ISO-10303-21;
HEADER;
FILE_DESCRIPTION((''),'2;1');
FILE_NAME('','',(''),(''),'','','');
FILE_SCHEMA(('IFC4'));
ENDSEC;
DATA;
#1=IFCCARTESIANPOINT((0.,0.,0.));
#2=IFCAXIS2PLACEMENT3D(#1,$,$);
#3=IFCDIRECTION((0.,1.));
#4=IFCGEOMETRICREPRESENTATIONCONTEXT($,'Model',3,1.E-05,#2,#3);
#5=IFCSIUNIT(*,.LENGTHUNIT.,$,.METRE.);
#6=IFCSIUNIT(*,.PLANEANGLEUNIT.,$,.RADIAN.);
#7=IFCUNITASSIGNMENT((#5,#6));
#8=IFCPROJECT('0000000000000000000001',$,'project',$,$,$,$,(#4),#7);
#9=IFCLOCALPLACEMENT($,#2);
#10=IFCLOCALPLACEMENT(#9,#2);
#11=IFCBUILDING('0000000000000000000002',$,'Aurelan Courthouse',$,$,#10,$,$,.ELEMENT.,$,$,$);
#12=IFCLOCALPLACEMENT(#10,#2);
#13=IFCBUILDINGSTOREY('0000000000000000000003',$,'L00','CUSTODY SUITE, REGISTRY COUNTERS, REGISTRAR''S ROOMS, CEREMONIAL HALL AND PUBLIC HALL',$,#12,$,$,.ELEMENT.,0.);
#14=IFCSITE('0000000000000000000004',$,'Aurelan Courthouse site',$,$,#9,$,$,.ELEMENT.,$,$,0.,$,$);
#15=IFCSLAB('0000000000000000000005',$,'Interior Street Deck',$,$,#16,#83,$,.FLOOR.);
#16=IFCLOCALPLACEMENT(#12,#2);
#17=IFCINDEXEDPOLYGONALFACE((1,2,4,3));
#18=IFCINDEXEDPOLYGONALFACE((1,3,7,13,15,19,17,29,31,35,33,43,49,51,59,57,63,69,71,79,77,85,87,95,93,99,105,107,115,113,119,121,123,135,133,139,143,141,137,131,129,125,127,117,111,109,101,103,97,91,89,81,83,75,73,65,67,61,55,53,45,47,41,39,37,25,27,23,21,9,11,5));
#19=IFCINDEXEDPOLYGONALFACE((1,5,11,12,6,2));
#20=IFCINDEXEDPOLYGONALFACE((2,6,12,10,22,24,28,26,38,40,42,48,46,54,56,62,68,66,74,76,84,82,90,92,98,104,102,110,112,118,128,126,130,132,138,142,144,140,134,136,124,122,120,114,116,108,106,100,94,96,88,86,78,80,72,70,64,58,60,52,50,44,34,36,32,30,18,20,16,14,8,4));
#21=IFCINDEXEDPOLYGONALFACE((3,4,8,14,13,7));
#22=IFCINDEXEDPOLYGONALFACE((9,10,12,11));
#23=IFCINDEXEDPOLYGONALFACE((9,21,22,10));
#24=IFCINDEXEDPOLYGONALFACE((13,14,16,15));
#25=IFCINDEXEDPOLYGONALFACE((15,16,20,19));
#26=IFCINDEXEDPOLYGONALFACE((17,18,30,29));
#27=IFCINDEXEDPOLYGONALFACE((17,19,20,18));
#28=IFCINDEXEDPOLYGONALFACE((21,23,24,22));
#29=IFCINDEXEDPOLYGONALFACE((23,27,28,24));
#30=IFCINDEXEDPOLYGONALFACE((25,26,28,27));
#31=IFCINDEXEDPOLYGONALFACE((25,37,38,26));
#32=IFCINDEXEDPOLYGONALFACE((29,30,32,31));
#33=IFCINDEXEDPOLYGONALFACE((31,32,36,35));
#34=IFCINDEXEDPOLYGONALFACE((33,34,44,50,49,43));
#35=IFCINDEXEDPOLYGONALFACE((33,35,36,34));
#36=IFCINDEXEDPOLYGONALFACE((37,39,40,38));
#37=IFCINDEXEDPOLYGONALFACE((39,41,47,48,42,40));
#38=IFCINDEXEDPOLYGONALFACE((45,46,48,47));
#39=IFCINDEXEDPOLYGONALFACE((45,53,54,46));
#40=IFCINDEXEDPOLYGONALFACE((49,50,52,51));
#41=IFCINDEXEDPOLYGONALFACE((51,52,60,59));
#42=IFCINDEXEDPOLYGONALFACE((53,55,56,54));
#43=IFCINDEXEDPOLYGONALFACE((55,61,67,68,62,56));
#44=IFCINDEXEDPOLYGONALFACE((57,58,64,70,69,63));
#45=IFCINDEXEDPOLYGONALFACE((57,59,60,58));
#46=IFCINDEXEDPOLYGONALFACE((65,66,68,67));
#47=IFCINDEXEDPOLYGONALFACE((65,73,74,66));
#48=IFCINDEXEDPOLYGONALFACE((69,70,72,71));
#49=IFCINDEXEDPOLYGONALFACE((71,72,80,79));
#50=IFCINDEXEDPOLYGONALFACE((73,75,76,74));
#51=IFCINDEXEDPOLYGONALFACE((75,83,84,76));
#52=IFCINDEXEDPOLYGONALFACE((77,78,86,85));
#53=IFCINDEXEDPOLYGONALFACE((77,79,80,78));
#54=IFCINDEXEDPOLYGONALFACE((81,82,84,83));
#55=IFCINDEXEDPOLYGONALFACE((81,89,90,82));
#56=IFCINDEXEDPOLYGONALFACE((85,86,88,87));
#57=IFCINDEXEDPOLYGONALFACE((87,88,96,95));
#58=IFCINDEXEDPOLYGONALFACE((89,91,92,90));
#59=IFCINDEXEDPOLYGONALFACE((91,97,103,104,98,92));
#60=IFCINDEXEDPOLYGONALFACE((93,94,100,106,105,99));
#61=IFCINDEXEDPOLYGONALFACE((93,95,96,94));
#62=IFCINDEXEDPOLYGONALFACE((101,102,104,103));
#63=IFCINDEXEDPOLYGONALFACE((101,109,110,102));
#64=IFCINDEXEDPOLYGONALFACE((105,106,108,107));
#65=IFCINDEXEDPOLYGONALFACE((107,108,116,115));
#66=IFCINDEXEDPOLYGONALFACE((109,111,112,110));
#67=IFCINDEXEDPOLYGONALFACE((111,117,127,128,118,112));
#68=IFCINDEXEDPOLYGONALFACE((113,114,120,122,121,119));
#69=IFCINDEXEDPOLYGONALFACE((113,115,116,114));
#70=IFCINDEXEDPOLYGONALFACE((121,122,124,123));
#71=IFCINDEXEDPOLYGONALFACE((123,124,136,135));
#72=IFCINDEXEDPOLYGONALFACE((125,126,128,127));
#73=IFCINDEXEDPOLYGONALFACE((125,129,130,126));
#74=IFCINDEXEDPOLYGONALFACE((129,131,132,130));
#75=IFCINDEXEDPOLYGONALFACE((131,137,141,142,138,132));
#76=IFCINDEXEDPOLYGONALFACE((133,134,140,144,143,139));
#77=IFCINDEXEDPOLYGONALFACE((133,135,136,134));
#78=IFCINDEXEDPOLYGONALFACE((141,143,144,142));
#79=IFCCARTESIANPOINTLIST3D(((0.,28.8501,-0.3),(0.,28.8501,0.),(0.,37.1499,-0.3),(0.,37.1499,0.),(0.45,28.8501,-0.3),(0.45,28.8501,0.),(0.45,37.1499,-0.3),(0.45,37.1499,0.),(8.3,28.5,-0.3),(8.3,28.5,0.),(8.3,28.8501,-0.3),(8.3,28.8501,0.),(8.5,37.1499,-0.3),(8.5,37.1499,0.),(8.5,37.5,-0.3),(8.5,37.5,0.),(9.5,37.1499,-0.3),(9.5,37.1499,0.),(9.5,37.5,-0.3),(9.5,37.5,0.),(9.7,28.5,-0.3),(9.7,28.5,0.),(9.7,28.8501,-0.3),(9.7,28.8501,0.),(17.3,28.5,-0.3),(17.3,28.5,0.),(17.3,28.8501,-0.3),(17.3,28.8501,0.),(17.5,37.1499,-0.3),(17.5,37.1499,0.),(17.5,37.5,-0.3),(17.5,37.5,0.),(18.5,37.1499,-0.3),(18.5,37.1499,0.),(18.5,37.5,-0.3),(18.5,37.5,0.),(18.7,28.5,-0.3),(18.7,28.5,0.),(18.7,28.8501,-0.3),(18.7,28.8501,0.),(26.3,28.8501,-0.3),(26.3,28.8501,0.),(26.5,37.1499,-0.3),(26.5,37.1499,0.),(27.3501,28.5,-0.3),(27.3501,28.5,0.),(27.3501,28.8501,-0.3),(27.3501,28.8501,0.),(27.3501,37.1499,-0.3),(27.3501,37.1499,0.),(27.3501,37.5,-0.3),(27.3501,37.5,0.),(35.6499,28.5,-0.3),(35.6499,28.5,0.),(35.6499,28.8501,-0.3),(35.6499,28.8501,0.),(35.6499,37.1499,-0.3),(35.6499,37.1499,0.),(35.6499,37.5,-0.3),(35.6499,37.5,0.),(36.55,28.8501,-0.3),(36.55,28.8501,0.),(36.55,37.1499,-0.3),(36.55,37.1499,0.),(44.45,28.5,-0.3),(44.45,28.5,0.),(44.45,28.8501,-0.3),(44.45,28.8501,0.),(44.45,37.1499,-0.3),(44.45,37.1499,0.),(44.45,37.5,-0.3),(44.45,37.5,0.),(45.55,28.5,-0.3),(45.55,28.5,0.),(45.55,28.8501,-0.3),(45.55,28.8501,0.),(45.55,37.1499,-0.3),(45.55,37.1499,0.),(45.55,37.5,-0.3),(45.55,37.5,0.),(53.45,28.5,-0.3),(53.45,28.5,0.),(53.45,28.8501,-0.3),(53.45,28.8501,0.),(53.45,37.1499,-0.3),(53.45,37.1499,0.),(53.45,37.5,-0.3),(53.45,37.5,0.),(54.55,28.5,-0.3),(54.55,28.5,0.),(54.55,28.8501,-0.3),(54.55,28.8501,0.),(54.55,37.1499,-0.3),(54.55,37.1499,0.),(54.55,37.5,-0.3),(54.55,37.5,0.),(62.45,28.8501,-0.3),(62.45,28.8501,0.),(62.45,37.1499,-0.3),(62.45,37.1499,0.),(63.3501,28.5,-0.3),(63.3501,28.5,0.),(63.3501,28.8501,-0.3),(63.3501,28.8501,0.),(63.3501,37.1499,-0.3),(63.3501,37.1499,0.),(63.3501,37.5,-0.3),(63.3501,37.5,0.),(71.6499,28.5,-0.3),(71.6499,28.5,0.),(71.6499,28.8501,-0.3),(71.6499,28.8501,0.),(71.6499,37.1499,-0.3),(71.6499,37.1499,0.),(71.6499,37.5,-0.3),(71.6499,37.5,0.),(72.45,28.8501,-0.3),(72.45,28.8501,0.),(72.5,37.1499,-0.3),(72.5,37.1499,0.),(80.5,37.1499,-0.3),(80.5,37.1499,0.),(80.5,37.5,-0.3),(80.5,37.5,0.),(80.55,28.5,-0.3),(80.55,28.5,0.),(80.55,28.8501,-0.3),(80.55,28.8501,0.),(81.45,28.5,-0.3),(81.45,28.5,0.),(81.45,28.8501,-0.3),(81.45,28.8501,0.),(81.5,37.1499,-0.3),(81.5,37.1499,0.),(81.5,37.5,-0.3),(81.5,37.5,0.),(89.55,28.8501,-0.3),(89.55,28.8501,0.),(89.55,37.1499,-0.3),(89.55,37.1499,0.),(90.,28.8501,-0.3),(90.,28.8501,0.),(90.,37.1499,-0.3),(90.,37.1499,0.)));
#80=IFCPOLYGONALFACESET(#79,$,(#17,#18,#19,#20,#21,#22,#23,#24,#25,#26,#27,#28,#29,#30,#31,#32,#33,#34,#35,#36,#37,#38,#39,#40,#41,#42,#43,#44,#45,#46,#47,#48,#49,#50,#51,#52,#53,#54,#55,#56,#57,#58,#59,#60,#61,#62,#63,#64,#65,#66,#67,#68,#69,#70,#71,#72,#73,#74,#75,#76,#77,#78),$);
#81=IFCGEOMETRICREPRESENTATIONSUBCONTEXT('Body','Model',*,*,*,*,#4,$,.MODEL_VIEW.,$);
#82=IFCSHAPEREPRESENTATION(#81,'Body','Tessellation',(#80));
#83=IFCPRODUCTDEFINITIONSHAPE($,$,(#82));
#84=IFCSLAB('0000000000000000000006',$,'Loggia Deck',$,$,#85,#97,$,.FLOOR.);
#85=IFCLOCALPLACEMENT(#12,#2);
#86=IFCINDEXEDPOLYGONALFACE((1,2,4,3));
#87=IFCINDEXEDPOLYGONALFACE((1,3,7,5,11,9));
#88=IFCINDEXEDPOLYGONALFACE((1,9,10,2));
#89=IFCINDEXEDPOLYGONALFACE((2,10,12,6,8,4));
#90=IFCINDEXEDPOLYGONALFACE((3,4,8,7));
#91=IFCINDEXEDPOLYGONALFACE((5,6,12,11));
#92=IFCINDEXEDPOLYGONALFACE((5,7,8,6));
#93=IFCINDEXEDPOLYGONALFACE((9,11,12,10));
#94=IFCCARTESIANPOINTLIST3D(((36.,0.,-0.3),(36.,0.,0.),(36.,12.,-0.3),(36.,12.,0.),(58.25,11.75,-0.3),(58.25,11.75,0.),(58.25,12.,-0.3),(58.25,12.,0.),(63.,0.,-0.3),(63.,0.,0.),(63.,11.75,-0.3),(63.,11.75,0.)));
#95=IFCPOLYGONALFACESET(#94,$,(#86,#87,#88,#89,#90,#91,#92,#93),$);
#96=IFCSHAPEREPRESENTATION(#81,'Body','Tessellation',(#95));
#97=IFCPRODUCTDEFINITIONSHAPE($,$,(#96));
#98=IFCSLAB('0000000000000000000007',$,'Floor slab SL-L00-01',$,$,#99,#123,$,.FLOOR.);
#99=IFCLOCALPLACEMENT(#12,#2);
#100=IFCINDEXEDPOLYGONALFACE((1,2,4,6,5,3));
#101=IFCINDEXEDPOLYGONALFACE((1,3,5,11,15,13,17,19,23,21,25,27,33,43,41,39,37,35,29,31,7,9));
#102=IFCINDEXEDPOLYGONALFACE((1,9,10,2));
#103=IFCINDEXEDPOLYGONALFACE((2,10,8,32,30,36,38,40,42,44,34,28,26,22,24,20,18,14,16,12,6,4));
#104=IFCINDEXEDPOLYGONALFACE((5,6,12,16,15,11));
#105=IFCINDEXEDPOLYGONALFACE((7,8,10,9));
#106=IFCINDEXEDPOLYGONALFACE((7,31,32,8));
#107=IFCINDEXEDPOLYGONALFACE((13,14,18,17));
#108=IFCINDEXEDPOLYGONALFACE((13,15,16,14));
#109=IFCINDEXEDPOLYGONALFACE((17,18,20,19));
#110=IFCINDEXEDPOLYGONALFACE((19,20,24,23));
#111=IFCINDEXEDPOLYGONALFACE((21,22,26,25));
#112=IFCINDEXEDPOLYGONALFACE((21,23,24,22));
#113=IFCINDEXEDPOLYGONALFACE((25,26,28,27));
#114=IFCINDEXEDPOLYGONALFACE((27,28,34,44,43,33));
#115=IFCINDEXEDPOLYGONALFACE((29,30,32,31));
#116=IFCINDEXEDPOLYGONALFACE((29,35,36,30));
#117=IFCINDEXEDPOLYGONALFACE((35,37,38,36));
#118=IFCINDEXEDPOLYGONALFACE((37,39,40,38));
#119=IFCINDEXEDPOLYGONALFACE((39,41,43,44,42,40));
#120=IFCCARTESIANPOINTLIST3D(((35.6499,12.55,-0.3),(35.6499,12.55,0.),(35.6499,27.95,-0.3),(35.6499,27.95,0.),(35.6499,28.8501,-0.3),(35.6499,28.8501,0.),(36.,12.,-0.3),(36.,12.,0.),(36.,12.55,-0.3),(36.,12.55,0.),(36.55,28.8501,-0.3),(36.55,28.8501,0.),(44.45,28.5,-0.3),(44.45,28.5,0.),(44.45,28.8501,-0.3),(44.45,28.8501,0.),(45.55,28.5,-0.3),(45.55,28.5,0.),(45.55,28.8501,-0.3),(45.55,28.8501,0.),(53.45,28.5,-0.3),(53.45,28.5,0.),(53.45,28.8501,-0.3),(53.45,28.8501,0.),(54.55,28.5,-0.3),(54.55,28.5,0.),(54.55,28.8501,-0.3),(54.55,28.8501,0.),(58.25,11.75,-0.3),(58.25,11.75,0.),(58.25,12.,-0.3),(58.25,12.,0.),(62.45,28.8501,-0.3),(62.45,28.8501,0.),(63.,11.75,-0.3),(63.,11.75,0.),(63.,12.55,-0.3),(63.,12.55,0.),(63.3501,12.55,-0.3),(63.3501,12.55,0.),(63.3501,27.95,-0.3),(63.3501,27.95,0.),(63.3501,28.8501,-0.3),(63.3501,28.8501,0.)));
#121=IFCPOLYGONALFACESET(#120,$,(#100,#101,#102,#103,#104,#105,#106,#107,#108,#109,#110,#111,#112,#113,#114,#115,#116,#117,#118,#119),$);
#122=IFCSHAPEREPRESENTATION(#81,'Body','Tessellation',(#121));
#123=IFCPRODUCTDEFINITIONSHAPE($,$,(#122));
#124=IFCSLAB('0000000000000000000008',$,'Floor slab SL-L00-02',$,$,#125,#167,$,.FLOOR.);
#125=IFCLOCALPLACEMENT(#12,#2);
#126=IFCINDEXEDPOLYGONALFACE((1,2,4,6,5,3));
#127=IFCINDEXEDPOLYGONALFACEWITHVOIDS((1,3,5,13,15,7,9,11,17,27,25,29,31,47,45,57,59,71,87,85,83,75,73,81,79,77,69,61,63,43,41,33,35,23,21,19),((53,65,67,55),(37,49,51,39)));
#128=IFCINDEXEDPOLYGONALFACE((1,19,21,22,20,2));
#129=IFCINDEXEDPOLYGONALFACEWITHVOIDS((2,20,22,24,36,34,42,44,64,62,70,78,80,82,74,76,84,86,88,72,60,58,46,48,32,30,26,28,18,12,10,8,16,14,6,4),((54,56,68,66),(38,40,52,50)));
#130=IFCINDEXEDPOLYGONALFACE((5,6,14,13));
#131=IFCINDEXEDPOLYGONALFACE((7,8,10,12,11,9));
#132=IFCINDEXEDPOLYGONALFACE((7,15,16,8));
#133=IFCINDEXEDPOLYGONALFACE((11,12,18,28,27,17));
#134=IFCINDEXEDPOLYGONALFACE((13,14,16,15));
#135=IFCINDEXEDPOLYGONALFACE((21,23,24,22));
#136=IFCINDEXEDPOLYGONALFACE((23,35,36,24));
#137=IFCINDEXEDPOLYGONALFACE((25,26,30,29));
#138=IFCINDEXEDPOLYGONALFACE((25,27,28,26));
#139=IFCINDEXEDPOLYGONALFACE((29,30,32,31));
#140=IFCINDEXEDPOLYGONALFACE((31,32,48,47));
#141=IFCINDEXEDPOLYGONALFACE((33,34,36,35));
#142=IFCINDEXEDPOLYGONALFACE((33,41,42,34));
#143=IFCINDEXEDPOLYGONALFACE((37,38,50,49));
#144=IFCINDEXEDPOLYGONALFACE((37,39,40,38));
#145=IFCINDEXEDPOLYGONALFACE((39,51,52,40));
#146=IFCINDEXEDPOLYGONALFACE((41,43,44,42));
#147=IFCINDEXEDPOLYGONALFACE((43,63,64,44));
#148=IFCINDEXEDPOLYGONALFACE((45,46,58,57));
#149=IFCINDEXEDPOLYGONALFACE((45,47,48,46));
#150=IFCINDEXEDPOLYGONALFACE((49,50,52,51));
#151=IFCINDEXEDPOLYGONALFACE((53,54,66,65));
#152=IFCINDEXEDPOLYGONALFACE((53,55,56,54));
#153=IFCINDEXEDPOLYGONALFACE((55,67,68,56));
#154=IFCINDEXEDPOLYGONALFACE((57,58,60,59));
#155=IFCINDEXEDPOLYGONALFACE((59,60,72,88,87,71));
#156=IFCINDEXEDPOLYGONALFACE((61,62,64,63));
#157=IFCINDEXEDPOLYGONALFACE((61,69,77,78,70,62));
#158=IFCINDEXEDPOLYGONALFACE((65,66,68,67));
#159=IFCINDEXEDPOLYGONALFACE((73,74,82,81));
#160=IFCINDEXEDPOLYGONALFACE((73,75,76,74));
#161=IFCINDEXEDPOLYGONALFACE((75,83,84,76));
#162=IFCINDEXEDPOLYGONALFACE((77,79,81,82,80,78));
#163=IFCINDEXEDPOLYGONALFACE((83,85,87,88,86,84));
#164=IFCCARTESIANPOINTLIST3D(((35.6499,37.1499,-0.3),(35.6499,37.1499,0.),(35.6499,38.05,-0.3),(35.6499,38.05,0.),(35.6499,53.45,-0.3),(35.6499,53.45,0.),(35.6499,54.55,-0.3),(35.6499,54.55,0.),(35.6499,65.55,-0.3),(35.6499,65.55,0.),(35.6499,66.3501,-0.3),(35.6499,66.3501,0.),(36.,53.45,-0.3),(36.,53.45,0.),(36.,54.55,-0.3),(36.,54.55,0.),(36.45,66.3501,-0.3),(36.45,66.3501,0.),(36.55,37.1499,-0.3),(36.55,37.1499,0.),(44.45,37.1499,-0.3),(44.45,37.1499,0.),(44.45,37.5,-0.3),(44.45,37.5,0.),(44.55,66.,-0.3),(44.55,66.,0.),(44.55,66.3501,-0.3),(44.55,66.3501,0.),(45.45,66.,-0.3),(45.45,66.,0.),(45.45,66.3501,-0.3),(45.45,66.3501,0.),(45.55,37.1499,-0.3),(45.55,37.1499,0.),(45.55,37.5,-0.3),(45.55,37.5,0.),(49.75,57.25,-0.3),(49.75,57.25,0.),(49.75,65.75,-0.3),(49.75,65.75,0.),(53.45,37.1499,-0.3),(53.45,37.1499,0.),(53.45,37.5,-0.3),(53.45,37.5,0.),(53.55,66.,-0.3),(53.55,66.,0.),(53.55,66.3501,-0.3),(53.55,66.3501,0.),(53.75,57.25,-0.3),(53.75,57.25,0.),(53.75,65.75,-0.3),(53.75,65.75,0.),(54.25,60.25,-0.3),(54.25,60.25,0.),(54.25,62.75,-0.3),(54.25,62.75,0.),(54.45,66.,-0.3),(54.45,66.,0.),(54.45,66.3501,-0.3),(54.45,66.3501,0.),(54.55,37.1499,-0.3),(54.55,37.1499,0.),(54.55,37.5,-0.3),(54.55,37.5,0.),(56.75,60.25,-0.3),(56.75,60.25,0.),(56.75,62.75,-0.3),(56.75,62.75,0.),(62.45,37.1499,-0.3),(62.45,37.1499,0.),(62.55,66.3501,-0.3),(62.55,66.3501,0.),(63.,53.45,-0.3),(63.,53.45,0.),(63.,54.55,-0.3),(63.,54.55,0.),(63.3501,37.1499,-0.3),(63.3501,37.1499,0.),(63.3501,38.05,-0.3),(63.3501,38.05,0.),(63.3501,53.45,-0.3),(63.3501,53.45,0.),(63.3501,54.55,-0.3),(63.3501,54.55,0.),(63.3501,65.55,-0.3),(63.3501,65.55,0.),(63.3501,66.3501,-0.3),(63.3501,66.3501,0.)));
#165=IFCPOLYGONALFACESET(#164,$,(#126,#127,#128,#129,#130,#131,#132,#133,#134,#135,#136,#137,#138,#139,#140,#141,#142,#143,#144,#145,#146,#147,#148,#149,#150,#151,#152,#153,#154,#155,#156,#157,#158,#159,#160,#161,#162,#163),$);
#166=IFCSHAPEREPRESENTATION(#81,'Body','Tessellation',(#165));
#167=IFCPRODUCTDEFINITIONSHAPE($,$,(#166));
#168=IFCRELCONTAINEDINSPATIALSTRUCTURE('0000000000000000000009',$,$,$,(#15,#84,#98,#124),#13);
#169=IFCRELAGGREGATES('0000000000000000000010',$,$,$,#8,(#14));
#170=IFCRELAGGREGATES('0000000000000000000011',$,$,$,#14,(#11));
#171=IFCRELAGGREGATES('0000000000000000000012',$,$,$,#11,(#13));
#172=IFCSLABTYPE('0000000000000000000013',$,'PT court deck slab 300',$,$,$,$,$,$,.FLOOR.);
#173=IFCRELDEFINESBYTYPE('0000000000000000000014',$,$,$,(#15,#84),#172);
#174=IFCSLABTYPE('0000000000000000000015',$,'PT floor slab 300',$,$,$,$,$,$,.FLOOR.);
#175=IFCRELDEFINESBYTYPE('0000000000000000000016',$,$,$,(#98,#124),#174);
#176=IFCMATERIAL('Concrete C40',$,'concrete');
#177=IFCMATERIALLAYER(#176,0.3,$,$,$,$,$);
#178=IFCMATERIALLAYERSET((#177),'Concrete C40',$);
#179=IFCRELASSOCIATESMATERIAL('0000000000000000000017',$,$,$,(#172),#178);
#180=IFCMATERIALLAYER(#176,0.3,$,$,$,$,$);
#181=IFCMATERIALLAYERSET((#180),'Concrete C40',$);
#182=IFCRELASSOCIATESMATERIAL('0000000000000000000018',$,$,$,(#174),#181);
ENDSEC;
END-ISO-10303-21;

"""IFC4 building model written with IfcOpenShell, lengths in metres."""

from ifc_helpers import new_model, si_unit, direction, frame, origin, place, context, subcontext, project, spatial, polyline, outline, extrude, material, layer, layer_set, type_object, element, save


model = new_model("IFC4")

# Units and contexts
model_context = context("Model", 3, precision=1e-05, world=origin(), true_north=direction((0.0, 1.0)))
body_context = subcontext(model_context, "Body", "Model", "MODEL_VIEW")
ifc_project = project(units=[si_unit("LENGTHUNIT", "METRE"), si_unit("PLANEANGLEUNIT", "RADIAN")], contexts=[model_context])

# Site, building, storey
site_placement = place(None, origin())
site = spatial("IfcSite", under=ifc_project, at=site_placement, Name="Aurelan Courthouse site", CompositionType="ELEMENT", RefElevation=0.0)
building_placement = place(site_placement, origin())
building = spatial("IfcBuilding", under=site, at=building_placement, Name="Aurelan Courthouse", CompositionType="ELEMENT")
storey_placement = place(building_placement, origin())
storey = spatial("IfcBuildingStorey", under=building, at=storey_placement, Name="L00", Description="CUSTODY SUITE, REGISTRY COUNTERS, REGISTRAR'S ROOMS, CEREMONIAL HALL AND PUBLIC HALL", CompositionType="ELEMENT", Elevation=0.0)

# Slabs
ifc_material_1 = material(Name="Concrete C40", Category="concrete")
ifc_layer_1 = layer(ifc_material_1, 0.3)
ifc_layer_set_1 = layer_set([ifc_layer_1], Name="Concrete C40")
slab_type_1 = type_object("IfcSlabType", Name="PT court deck slab 300", PredefinedType="FLOOR", material=ifc_layer_set_1)
slab_1_placement = place(storey_placement, frame((0.0, 0.0, -0.3)))
element("IfcSlab", 1, at=slab_1_placement, inside=storey, type_object=slab_type_1, Name="Interior Street Deck", PredefinedType="FLOOR", context=body_context, shape_type="SweptSolid", body=[
    extrude(outline(polyline([(90.0, 28.8501), (90.0, 37.1499), (89.55, 37.1499), (81.5, 37.1499), (81.5, 37.5), (80.5, 37.5), (80.5, 37.1499), (72.5, 37.1499), (71.6499, 37.1499), (71.6499, 37.5), (63.3501, 37.5), (63.3501, 37.1499), (62.45, 37.1499), (54.55, 37.1499), (54.55, 37.5), (53.45, 37.5), (53.45, 37.1499), (45.55, 37.1499), (45.55, 37.5), (44.45, 37.5), (44.45, 37.1499), (36.55, 37.1499), (35.6499, 37.1499), (35.6499, 37.5), (27.3501, 37.5), (27.3501, 37.1499), (26.5, 37.1499), (18.5, 37.1499), (18.5, 37.5), (17.5, 37.5), (17.5, 37.1499), (9.5, 37.1499), (9.5, 37.5), (8.5, 37.5), (8.5, 37.1499), (0.45, 37.1499), (0.0, 37.1499), (0.0, 28.8501), (0.45, 28.8501), (8.3, 28.8501), (8.3, 28.5), (9.7, 28.5), (9.7, 28.8501), (17.3, 28.8501), (17.3, 28.5), (18.7, 28.5), (18.7, 28.8501), (26.3, 28.8501), (27.3501, 28.8501), (27.3501, 28.5), (35.6499, 28.5), (35.6499, 28.8501), (36.55, 28.8501), (44.45, 28.8501), (44.45, 28.5), (45.55, 28.5), (45.55, 28.8501), (53.45, 28.8501), (53.45, 28.5), (54.55, 28.5), (54.55, 28.8501), (62.45, 28.8501), (63.3501, 28.8501), (63.3501, 28.5), (71.6499, 28.5), (71.6499, 28.8501), (72.45, 28.8501), (80.55, 28.8501), (80.55, 28.5), (81.45, 28.5), (81.45, 28.8501), (89.55, 28.8501), (90.0, 28.8501)])), origin(), (0.0, 0.0, 1.0), 0.3),
])
slab_2_placement = place(storey_placement, frame((0.0, 0.0, -0.3)))
element("IfcSlab", 2, at=slab_2_placement, inside=storey, type_object=slab_type_1, Name="Loggia Deck", PredefinedType="FLOOR", context=body_context, shape_type="SweptSolid", body=[
    extrude(outline(polyline([(63.0, 0.0), (63.0, 11.75), (58.25, 11.75), (58.25, 12.0), (36.0, 12.0), (36.0, 0.0), (63.0, 0.0)])), origin(), (0.0, 0.0, 1.0), 0.3),
])
ifc_layer_2 = layer(ifc_material_1, 0.3)
ifc_layer_set_2 = layer_set([ifc_layer_2], Name="Concrete C40")
slab_type_2 = type_object("IfcSlabType", Name="PT floor slab 300", PredefinedType="FLOOR", material=ifc_layer_set_2)
slab_3_placement = place(storey_placement, frame((0.0, 0.0, -0.3)))
element("IfcSlab", 3, at=slab_3_placement, inside=storey, type_object=slab_type_2, Name="Floor slab SL-L00-01", PredefinedType="FLOOR", context=body_context, shape_type="SweptSolid", body=[
    extrude(outline(polyline([(63.3501, 12.55), (63.3501, 27.95), (63.3501, 28.8501), (62.45, 28.8501), (54.55, 28.8501), (54.55, 28.5), (53.45, 28.5), (53.45, 28.8501), (45.55, 28.8501), (45.55, 28.5), (44.45, 28.5), (44.45, 28.8501), (36.55, 28.8501), (35.6499, 28.8501), (35.6499, 27.95), (35.6499, 12.55), (36.0, 12.55), (36.0, 12.0), (58.25, 12.0), (58.25, 11.75), (63.0, 11.75), (63.0, 12.55), (63.3501, 12.55)])), origin(), (0.0, 0.0, 1.0), 0.3),
])
slab_4_placement = place(storey_placement, frame((0.0, 0.0, -0.3)))
element("IfcSlab", 4, at=slab_4_placement, inside=storey, type_object=slab_type_2, Name="Floor slab SL-L00-02", PredefinedType="FLOOR", context=body_context, shape_type="SweptSolid", body=[
    extrude(outline(polyline([(35.6499, 38.05), (35.6499, 37.1499), (36.55, 37.1499), (44.45, 37.1499), (44.45, 37.5), (45.55, 37.5), (45.55, 37.1499), (53.45, 37.1499), (53.45, 37.5), (54.55, 37.5), (54.55, 37.1499), (62.45, 37.1499), (63.3501, 37.1499), (63.3501, 38.05), (63.3501, 53.45), (63.0, 53.45), (63.0, 54.55), (63.3501, 54.55), (63.3501, 65.55), (63.3501, 66.3501), (62.55, 66.3501), (54.45, 66.3501), (54.45, 66.0), (53.55, 66.0), (53.55, 66.3501), (45.45, 66.3501), (45.45, 66.0), (44.55, 66.0), (44.55, 66.3501), (36.45, 66.3501), (35.6499, 66.3501), (35.6499, 65.55), (35.6499, 54.55), (36.0, 54.55), (36.0, 53.45), (35.6499, 53.45), (35.6499, 38.05)]), holes=[polyline([(56.75, 62.75), (56.75, 60.25), (54.25, 60.25), (54.25, 62.75), (56.75, 62.75)]), polyline([(49.75, 65.75), (53.75, 65.75), (53.75, 57.25), (49.75, 57.25), (49.75, 65.75)])]), origin(), (0.0, 0.0, 1.0), 0.3),
])

save(model, "model.ifc")
